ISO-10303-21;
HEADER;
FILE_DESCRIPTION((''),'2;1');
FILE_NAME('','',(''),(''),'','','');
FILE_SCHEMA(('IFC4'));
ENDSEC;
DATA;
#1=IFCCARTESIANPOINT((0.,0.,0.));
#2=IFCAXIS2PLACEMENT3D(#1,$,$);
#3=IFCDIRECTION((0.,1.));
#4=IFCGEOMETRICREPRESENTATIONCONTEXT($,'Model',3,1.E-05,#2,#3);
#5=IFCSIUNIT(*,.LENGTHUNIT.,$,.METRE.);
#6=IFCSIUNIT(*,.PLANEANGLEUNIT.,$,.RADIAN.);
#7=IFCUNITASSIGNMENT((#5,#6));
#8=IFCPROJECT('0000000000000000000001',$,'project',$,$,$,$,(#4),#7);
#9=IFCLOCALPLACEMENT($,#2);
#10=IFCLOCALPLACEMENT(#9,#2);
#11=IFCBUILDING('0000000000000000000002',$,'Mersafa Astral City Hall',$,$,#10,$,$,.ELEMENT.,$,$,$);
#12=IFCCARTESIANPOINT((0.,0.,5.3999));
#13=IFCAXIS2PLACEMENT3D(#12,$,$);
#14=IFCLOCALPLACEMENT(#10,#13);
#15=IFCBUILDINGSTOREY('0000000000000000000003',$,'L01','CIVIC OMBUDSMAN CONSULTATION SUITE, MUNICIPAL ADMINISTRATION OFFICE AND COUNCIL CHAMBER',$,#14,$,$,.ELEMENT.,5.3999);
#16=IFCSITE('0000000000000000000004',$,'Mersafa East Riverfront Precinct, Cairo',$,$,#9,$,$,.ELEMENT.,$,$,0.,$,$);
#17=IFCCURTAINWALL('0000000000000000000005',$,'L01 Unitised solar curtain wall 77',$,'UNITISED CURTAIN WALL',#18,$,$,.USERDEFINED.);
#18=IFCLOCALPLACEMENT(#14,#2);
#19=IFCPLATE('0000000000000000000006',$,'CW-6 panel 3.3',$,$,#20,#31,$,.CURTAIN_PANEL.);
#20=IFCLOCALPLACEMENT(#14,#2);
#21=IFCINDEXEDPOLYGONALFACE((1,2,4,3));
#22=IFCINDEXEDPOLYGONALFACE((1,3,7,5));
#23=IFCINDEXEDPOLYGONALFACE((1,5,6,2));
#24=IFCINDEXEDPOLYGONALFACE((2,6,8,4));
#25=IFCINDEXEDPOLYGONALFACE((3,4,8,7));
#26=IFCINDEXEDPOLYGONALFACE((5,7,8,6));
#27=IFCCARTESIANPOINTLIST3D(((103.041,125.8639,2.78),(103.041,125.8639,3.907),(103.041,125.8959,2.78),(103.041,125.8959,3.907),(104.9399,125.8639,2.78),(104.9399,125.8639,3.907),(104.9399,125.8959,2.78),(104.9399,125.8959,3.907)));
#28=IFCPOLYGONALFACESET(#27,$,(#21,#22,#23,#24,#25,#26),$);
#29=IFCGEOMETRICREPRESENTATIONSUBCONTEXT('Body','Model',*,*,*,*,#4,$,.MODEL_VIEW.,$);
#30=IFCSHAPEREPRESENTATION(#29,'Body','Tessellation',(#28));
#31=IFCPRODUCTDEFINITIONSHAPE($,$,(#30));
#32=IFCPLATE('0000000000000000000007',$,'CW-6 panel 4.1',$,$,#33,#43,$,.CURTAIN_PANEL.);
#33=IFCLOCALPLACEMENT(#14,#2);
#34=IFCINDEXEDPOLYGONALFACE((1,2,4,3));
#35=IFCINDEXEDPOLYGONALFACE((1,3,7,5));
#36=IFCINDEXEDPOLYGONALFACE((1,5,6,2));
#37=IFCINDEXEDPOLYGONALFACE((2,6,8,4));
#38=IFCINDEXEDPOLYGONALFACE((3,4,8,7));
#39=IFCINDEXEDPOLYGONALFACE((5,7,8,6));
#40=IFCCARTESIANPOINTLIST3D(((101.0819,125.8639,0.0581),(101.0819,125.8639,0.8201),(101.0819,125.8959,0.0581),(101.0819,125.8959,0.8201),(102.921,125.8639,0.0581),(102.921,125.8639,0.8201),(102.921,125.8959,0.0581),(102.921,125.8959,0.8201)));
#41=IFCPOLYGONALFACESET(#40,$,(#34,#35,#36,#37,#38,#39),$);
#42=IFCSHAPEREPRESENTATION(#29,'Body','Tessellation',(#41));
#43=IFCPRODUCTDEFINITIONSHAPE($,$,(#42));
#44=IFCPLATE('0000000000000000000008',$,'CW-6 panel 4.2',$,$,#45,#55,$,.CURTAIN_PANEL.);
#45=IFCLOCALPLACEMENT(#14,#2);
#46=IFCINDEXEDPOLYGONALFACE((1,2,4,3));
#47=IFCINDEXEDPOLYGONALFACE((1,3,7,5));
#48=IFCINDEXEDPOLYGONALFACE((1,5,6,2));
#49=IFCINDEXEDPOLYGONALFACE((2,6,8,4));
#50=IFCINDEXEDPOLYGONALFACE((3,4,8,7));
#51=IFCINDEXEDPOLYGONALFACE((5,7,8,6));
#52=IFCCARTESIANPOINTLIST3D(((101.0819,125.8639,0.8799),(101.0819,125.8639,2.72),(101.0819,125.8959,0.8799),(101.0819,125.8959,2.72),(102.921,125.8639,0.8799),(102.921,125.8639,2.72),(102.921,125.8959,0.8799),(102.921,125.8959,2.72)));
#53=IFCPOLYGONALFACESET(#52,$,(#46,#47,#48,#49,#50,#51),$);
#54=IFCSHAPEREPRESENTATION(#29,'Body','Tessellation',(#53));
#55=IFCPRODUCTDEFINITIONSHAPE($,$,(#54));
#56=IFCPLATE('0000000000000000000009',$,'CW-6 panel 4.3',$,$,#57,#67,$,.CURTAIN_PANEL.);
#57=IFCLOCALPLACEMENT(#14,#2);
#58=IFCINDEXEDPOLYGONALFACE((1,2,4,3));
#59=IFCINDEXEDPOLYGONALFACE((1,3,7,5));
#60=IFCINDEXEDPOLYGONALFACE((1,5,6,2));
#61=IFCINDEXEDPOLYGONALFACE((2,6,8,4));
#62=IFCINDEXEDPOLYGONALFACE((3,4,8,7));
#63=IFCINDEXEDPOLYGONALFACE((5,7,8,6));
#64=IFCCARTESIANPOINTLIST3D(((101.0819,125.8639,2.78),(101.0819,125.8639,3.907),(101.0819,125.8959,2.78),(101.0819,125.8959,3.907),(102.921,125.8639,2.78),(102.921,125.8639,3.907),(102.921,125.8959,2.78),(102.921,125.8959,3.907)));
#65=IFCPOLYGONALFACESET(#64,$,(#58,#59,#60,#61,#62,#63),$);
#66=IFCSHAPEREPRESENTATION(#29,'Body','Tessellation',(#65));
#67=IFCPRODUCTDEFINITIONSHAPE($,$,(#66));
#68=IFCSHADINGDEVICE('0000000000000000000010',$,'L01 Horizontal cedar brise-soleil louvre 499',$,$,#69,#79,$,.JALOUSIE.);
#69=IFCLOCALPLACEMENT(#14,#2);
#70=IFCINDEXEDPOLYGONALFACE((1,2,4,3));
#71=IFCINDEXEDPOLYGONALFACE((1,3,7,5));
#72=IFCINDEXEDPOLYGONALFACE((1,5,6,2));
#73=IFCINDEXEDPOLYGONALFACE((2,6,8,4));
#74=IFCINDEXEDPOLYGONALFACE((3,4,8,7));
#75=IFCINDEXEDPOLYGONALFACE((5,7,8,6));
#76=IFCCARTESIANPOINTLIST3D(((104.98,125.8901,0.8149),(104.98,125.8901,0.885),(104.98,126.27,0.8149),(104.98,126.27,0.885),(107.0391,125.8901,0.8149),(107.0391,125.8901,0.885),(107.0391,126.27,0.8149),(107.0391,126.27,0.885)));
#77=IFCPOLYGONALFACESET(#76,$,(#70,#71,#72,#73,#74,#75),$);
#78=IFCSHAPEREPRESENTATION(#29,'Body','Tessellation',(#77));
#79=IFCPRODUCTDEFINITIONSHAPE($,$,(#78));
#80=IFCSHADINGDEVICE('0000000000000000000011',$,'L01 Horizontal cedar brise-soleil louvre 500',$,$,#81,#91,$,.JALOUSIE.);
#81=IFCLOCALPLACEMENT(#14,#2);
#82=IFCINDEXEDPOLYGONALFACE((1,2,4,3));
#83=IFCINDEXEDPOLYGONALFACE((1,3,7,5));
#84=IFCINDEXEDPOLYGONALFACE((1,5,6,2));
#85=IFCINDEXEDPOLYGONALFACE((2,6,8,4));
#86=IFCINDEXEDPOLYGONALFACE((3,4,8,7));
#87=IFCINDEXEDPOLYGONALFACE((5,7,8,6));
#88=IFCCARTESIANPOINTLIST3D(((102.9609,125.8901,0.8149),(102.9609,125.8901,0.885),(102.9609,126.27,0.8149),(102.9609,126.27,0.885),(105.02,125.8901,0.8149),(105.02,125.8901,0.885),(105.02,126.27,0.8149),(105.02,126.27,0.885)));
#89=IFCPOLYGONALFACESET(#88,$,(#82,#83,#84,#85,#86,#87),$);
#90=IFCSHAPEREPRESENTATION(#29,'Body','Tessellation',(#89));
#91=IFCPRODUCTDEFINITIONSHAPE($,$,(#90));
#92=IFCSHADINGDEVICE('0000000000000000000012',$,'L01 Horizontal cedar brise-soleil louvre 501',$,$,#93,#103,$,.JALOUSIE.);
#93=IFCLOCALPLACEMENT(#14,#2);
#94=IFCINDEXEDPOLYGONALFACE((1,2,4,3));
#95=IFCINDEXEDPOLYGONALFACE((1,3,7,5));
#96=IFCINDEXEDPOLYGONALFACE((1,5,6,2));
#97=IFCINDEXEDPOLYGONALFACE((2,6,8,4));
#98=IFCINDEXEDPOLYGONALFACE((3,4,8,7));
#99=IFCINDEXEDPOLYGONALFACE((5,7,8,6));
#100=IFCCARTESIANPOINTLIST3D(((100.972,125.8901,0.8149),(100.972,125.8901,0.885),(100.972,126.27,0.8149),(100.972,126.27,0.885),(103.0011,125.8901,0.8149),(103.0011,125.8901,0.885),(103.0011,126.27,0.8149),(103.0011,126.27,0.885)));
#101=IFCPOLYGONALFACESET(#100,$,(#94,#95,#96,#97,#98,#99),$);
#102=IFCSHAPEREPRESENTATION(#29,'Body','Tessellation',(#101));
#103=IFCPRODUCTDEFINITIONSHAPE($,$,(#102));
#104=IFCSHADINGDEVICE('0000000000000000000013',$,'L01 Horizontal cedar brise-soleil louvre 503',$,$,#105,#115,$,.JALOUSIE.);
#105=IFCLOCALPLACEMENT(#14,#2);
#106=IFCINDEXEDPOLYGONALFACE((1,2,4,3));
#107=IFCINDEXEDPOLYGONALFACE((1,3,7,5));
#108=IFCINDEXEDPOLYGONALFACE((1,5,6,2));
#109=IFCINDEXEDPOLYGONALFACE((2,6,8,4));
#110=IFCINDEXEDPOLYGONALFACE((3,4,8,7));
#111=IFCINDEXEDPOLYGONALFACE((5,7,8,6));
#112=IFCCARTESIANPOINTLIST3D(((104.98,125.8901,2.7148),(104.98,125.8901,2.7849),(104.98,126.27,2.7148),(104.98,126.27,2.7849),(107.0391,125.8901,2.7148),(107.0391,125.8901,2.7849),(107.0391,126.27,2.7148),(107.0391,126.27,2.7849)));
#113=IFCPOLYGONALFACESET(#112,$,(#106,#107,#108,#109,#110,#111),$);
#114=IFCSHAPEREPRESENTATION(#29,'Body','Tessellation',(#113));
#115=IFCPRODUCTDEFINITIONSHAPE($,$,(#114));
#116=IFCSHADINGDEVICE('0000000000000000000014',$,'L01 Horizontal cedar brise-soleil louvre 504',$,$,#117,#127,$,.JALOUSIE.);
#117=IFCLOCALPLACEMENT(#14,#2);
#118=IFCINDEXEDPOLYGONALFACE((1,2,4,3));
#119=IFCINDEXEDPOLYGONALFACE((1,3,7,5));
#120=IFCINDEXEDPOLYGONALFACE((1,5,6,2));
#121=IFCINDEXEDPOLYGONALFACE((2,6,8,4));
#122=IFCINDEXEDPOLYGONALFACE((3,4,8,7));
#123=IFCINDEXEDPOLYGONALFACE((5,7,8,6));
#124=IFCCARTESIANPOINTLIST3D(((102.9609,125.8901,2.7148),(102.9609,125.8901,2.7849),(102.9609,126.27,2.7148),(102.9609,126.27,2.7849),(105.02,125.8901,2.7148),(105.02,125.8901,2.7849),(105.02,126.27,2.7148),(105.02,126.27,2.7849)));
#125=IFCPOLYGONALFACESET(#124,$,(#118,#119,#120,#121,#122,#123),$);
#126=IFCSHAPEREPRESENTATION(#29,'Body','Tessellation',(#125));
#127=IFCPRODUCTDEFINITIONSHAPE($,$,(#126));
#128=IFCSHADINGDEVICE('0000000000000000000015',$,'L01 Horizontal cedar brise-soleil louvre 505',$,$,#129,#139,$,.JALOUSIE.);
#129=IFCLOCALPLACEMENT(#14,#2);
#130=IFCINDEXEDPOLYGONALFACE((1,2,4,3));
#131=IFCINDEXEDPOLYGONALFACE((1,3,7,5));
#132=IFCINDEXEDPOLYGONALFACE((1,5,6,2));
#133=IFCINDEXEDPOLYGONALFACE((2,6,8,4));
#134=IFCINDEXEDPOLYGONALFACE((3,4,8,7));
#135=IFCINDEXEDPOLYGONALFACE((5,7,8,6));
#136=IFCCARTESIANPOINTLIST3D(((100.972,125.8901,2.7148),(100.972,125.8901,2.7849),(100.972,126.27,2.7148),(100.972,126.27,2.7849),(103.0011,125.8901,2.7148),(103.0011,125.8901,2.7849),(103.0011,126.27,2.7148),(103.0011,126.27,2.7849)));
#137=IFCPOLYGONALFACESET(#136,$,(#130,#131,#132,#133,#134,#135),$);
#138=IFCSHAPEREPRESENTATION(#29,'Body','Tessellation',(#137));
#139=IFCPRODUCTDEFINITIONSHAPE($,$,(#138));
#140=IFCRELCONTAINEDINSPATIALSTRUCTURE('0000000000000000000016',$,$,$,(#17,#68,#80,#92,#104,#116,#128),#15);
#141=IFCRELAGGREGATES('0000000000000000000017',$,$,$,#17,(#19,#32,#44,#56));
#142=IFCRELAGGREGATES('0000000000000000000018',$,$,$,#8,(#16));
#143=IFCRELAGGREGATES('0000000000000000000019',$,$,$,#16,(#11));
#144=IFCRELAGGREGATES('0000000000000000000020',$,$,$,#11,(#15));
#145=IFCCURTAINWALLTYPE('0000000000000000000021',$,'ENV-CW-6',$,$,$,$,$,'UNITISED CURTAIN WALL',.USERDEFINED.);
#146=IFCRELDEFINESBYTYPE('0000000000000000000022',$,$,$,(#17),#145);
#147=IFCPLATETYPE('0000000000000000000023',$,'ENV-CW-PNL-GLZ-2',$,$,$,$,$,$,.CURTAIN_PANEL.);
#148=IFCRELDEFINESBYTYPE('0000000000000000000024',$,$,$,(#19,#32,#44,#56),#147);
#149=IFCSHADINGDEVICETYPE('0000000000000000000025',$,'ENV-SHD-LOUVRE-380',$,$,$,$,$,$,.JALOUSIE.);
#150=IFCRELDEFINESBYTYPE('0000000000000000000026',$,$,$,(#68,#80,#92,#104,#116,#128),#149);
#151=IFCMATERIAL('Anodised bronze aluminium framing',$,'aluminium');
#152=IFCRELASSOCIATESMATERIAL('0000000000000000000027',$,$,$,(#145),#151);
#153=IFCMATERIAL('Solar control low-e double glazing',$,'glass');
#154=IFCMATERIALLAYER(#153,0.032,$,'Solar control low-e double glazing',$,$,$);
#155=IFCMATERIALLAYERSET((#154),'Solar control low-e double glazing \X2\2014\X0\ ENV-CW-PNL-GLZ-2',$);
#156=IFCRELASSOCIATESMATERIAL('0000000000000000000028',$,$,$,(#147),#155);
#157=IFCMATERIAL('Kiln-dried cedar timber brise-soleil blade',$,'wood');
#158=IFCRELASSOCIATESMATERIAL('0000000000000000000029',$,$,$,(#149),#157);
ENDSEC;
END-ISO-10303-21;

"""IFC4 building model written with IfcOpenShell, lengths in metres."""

from ifc_helpers import new_model, si_unit, direction, frame, origin, origin_2d, place, context, subcontext, project, spatial, rectangle, extrude, material, layer, layer_set, type_object, element, aggregate, save


model = new_model("IFC4")

# Units and contexts
model_context = context("Model", 3, precision=1e-05, world=origin(), true_north=direction((0.0, 1.0)))
body_context = subcontext(model_context, "Body", "Model", "MODEL_VIEW")
ifc_project = project(units=[si_unit("LENGTHUNIT", "METRE"), si_unit("PLANEANGLEUNIT", "RADIAN")], contexts=[model_context])

# Site, building, storey
site_placement = place(None, origin())
site = spatial("IfcSite", under=ifc_project, at=site_placement, Name="Mersafa East Riverfront Precinct, Cairo", CompositionType="ELEMENT", RefElevation=0.0)
building_placement = place(site_placement, origin())
building = spatial("IfcBuilding", under=site, at=building_placement, Name="Mersafa Astral City Hall", CompositionType="ELEMENT")
storey_placement = place(building_placement, frame((0.0, 0.0, 5.3999)))
storey = spatial("IfcBuildingStorey", under=building, at=storey_placement, Name="L01", Description="CIVIC OMBUDSMAN CONSULTATION SUITE, MUNICIPAL ADMINISTRATION OFFICE AND COUNCIL CHAMBER", CompositionType="ELEMENT", Elevation=5.3999)

# Curtain wall
ifc_material_1 = material(Name="Anodised bronze aluminium framing", Category="aluminium")
curtain_wall_type_1 = type_object("IfcCurtainWallType", Name="ENV-CW-6", ElementType="UNITISED CURTAIN WALL", PredefinedType="USERDEFINED", material=ifc_material_1)
curtain_wall_1_placement = place(storey_placement, origin())
curtain_wall_1 = element("IfcCurtainWall", 1, at=curtain_wall_1_placement, inside=storey, type_object=curtain_wall_type_1, Name="L01 Unitised solar curtain wall 77", ObjectType="UNITISED CURTAIN WALL", PredefinedType="USERDEFINED")

# Plates
ifc_material_2 = material(Name="Solar control low-e double glazing", Category="glass")
ifc_layer = layer(ifc_material_2, 0.032, Name="Solar control low-e double glazing")
ifc_layer_set = layer_set([ifc_layer], Name="Solar control low-e double glazing — ENV-CW-PNL-GLZ-2")
plate_type = type_object("IfcPlateType", Name="ENV-CW-PNL-GLZ-2", PredefinedType="CURTAIN_PANEL", material=ifc_layer_set)
plate_1_placement = place(storey_placement, frame((103.9905, 125.8799, 2.78), z_axis=(0.0, 0.0, 1.0), x_axis=(-1.0, 0.0, 0.0)))
plate_1 = element("IfcPlate", 2, at=plate_1_placement, type_object=plate_type, Name="CW-6 panel 3.3", PredefinedType="CURTAIN_PANEL", context=body_context, shape_type="SweptSolid", body=[
    extrude(rectangle(XDim=1.8989, YDim=0.032, at=origin_2d()), origin(), (0.0, 0.0, 1.0), 1.127),
])
plate_2_placement = place(storey_placement, frame((102.0015, 125.8799, 0.0581), z_axis=(0.0, 0.0, 1.0), x_axis=(-1.0, 0.0, 0.0)))
plate_2 = element("IfcPlate", 3, at=plate_2_placement, type_object=plate_type, Name="CW-6 panel 4.1", PredefinedType="CURTAIN_PANEL", context=body_context, shape_type="SweptSolid", body=[
    extrude(rectangle(XDim=1.8391, YDim=0.032, at=origin_2d()), origin(), (0.0, 0.0, 1.0), 0.762),
])
plate_3_placement = place(storey_placement, frame((102.0015, 125.8799, 0.8799), z_axis=(0.0, 0.0, 1.0), x_axis=(-1.0, 0.0, 0.0)))
plate_3 = element("IfcPlate", 4, at=plate_3_placement, type_object=plate_type, Name="CW-6 panel 4.2", PredefinedType="CURTAIN_PANEL", context=body_context, shape_type="SweptSolid", body=[
    extrude(rectangle(XDim=1.8391, YDim=0.032, at=origin_2d()), origin(), (0.0, 0.0, 1.0), 1.8401),
])
plate_4_placement = place(storey_placement, frame((102.0015, 125.8799, 2.78), z_axis=(0.0, 0.0, 1.0), x_axis=(-1.0, 0.0, 0.0)))
plate_4 = element("IfcPlate", 5, at=plate_4_placement, type_object=plate_type, Name="CW-6 panel 4.3", PredefinedType="CURTAIN_PANEL", context=body_context, shape_type="SweptSolid", body=[
    extrude(rectangle(XDim=1.8391, YDim=0.032, at=origin_2d()), origin(), (0.0, 0.0, 1.0), 1.127),
])
aggregate(curtain_wall_1, [plate_1, plate_2, plate_3, plate_4])

# Shading devices
ifc_material_3 = material(Name="Kiln-dried cedar timber brise-soleil blade", Category="wood")
shading_device_type = type_object("IfcShadingDeviceType", Name="ENV-SHD-LOUVRE-380", PredefinedType="JALOUSIE", material=ifc_material_3)
for number, where, z_axis, x_axis, name in (
    (6, (106.0095, 126.0801, 0.8149), (0.0, 0.0, 1.0), (-1.0, 0.0, 0.0), "L01 Horizontal cedar brise-soleil louvre 499"),
    (7, (103.9905, 126.0801, 0.8149), (0.0, 0.0, 1.0), (-1.0, 0.0, 0.0), "L01 Horizontal cedar brise-soleil louvre 500"),
):
    element("IfcShadingDevice", number, at=place(storey_placement, frame(where, z_axis=z_axis, x_axis=x_axis)), inside=storey, type_object=shading_device_type, Name=name, PredefinedType="JALOUSIE", context=body_context, shape_type="SweptSolid", body=[
        extrude(rectangle(XDim=2.0591, YDim=0.3799, at=origin_2d()), origin(), (0.0, 0.0, 1.0), 0.0701),
    ])
shading_device_1_placement = place(storey_placement, frame((101.9866, 126.0801, 0.8149), z_axis=(0.0, 0.0, 1.0), x_axis=(-1.0, 0.0, 0.0)))
element("IfcShadingDevice", 8, at=shading_device_1_placement, inside=storey, type_object=shading_device_type, Name="L01 Horizontal cedar brise-soleil louvre 501", PredefinedType="JALOUSIE", context=body_context, shape_type="SweptSolid", body=[
    extrude(rectangle(XDim=2.0291, YDim=0.3799, at=origin_2d()), origin(), (0.0, 0.0, 1.0), 0.0701),
])
for number, where, z_axis, x_axis, name in (
    (9, (106.0095, 126.0801, 2.7148), (0.0, 0.0, 1.0), (-1.0, 0.0, 0.0), "L01 Horizontal cedar brise-soleil louvre 503"),
    (10, (103.9905, 126.0801, 2.7148), (0.0, 0.0, 1.0), (-1.0, 0.0, 0.0), "L01 Horizontal cedar brise-soleil louvre 504"),
):
    element("IfcShadingDevice", number, at=place(storey_placement, frame(where, z_axis=z_axis, x_axis=x_axis)), inside=storey, type_object=shading_device_type, Name=name, PredefinedType="JALOUSIE", context=body_context, shape_type="SweptSolid", body=[
        extrude(rectangle(XDim=2.0591, YDim=0.3799, at=origin_2d()), origin(), (0.0, 0.0, 1.0), 0.0701),
    ])
shading_device_2_placement = place(storey_placement, frame((101.9866, 126.0801, 2.7148), z_axis=(0.0, 0.0, 1.0), x_axis=(-1.0, 0.0, 0.0)))
element("IfcShadingDevice", 11, at=shading_device_2_placement, inside=storey, type_object=shading_device_type, Name="L01 Horizontal cedar brise-soleil louvre 505", PredefinedType="JALOUSIE", context=body_context, shape_type="SweptSolid", body=[
    extrude(rectangle(XDim=2.0291, YDim=0.3799, at=origin_2d()), origin(), (0.0, 0.0, 1.0), 0.0701),
])

save(model, "model.ifc")
